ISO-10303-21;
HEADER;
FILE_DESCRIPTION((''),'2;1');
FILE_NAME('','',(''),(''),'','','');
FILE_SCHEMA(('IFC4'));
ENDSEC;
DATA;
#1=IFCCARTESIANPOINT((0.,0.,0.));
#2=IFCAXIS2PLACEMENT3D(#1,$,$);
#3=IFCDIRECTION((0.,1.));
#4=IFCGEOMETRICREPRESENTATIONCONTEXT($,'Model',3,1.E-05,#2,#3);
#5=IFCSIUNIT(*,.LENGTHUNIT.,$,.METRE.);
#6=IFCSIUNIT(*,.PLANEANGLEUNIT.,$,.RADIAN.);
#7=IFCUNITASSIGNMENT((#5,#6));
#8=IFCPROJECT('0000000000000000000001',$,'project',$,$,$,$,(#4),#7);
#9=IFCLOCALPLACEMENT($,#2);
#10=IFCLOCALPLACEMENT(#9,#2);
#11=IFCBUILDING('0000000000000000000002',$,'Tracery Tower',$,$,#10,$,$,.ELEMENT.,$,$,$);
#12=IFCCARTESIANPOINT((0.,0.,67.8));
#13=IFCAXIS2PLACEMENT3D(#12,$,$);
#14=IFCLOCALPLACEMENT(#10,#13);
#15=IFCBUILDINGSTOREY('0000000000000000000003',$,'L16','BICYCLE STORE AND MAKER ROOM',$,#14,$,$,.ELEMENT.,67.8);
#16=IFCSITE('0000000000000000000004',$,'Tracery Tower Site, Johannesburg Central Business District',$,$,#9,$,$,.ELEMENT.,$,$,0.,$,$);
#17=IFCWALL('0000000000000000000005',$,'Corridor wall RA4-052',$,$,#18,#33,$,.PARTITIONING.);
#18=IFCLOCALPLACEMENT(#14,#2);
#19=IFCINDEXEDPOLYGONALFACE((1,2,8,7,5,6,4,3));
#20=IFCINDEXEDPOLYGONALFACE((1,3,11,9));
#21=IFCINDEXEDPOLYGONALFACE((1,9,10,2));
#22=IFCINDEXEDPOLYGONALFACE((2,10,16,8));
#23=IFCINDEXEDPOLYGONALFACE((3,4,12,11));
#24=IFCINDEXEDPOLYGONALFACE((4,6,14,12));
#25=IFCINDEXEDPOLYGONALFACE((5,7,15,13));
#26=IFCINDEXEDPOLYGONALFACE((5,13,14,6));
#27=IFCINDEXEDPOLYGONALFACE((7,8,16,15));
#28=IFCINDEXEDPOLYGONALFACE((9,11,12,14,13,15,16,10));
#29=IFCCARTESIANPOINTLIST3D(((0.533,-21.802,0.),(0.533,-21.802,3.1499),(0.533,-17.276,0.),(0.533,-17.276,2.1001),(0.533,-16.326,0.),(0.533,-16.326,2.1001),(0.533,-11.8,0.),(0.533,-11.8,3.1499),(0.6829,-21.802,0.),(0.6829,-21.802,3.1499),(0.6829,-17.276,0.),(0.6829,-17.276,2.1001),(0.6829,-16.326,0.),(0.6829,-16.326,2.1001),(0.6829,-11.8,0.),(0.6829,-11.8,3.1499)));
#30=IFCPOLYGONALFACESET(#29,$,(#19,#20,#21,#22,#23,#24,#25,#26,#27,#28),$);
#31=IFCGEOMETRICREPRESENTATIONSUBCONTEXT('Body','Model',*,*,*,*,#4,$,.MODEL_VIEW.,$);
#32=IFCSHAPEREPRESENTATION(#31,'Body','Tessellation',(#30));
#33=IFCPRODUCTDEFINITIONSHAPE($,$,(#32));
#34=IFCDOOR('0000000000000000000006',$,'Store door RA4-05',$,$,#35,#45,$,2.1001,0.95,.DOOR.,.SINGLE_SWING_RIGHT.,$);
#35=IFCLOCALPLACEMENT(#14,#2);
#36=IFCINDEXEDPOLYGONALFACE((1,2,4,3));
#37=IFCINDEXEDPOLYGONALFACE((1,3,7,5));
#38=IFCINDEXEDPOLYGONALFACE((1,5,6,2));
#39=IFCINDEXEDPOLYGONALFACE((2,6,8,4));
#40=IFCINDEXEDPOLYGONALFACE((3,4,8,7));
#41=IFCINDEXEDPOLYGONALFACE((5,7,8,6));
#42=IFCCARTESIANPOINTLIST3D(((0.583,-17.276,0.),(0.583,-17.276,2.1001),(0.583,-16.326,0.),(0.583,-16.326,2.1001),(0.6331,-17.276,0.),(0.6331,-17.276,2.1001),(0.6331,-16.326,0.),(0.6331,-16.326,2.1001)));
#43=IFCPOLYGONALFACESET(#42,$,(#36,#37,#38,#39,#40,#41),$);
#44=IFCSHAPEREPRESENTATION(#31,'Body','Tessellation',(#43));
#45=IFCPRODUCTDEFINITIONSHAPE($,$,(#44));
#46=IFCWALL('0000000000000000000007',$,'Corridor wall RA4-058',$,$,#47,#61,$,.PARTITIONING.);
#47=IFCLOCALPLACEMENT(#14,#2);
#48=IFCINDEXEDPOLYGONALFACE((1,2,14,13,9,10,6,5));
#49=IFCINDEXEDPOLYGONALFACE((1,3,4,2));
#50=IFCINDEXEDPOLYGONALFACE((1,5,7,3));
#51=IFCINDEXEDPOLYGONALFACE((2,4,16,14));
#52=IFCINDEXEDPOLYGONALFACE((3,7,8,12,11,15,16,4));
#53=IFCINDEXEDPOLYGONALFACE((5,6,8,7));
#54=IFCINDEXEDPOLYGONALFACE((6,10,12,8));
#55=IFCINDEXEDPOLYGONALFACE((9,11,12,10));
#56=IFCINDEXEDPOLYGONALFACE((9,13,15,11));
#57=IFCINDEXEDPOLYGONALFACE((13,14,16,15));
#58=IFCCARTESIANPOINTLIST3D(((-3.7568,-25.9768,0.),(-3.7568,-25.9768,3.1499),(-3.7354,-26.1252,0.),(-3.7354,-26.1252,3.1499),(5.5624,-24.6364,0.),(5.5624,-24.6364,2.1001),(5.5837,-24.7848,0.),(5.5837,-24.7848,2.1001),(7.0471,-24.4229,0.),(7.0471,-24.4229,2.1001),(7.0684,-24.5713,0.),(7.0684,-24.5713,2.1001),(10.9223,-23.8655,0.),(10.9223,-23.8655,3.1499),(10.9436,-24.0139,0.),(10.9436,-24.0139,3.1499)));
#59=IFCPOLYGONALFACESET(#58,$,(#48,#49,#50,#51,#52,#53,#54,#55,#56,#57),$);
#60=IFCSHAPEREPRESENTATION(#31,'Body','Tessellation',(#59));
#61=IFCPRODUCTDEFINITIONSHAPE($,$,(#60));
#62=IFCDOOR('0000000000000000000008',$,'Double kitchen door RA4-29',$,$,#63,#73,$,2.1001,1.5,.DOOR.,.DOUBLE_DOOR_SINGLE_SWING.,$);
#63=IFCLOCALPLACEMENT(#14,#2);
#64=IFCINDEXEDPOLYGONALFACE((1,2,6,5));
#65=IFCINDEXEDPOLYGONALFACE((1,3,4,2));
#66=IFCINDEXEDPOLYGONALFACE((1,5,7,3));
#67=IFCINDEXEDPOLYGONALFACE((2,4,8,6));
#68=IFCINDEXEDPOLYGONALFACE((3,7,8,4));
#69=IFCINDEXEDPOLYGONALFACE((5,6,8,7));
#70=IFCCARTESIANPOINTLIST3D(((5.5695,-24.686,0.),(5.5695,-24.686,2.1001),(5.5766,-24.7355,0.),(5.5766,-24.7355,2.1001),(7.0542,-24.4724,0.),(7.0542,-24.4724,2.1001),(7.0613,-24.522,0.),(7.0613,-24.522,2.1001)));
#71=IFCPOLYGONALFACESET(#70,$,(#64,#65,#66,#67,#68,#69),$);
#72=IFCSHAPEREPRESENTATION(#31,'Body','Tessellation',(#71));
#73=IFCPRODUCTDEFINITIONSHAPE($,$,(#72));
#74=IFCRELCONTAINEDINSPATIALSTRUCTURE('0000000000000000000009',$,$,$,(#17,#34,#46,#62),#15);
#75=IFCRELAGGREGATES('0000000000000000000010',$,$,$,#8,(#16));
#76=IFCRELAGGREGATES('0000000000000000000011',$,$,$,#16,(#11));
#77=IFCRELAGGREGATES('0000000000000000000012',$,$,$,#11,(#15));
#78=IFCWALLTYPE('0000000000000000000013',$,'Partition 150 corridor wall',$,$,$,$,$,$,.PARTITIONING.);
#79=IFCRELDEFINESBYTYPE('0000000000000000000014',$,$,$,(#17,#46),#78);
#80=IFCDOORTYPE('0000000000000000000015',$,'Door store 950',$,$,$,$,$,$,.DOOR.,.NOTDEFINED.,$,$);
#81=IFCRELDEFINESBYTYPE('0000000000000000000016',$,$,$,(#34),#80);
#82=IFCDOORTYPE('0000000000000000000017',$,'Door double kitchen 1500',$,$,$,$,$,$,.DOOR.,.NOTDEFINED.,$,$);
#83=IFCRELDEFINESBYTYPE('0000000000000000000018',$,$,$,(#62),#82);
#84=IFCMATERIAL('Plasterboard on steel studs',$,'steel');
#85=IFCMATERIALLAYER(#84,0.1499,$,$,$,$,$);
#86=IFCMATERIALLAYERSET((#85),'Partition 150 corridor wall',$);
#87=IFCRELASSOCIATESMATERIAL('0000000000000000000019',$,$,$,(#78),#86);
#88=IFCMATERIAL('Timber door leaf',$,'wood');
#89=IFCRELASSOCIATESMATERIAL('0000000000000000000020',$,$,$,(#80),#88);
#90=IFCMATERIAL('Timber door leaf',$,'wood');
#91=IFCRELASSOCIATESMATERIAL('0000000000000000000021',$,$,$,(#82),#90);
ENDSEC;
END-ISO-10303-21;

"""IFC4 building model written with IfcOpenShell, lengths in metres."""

from ifc_helpers import new_model, si_unit, direction, frame, frame_2d, origin, place, context, subcontext, project, spatial, rectangle, extrude, material, layer, layer_set, type_object, element, fill, save


model = new_model("IFC4")

# Units and contexts
model_context = context("Model", 3, precision=1e-05, world=origin(), true_north=direction((0.0, 1.0)))
body_context = subcontext(model_context, "Body", "Model", "MODEL_VIEW")
ifc_project = project(units=[si_unit("LENGTHUNIT", "METRE"), si_unit("PLANEANGLEUNIT", "RADIAN")], contexts=[model_context])

# Site, building, storey
site_placement = place(None, origin())
site = spatial("IfcSite", under=ifc_project, at=site_placement, Name="Tracery Tower Site, Johannesburg Central Business District", CompositionType="ELEMENT", RefElevation=0.0)
building_placement = place(site_placement, origin())
building = spatial("IfcBuilding", under=site, at=building_placement, Name="Tracery Tower", CompositionType="ELEMENT")
storey_placement = place(building_placement, frame((0.0, 0.0, 67.8)))
storey = spatial("IfcBuildingStorey", under=building, at=storey_placement, Name="L16", Description="BICYCLE STORE AND MAKER ROOM", CompositionType="ELEMENT", Elevation=67.8)

# Shared definitions
ifc_material_1 = material(Name="Plasterboard on steel studs", Category="steel")
ifc_layer_1 = layer(ifc_material_1, 0.1499)
ifc_layer_set_1 = layer_set([ifc_layer_1], Name="Partition 150 corridor wall")
wall_type_1 = type_object("IfcWallType", Name="Partition 150 corridor wall", PredefinedType="PARTITIONING", material=ifc_layer_set_1)

# Walls, openings, doors
wall_1_placement = place(storey_placement, frame((0.6079, -21.802, 0.0), z_axis=(0.0, 0.0, 1.0), x_axis=(0.0, 1.0, 0.0)))
wall_1 = element("IfcWall", 1, at=wall_1_placement, inside=storey, type_object=wall_type_1, Name="Corridor wall RA4-052", PredefinedType="PARTITIONING", context=body_context, shape_type="SweptSolid", body=[
    extrude(rectangle(XDim=10.002, YDim=0.1499, at=frame_2d((5.001, 0.0))), origin(), (0.0, 0.0, 1.0), 3.1499),
])
opening_1_placement = place(wall_1_placement, frame((4.5259, 0.0, 0.0)))
opening_1 = element("IfcOpeningElement", 2, at=opening_1_placement, cuts=wall_1, PredefinedType="OPENING", context=body_context, shape_type="SweptSolid", body=[
    extrude(rectangle(XDim=0.95, YDim=2.1001, at=frame_2d((0.4751, 1.05))), frame((0.0, 0.075, 0.0), z_axis=(0.0, -1.0, 0.0), x_axis=(1.0, 0.0, 0.0)), (0.0, 0.0, 1.0), 0.1499),
])
ifc_material_2 = material(Name="Timber door leaf", Category="wood")
door_type_1 = type_object("IfcDoorType", Name="Door store 950", OperationType="NOTDEFINED", PredefinedType="DOOR", material=ifc_material_2)
door_1_placement = place(opening_1_placement, origin())
door_1 = element("IfcDoor", 3, at=door_1_placement, inside=storey, type_object=door_type_1, Name="Store door RA4-05", OperationType="SINGLE_SWING_RIGHT", OverallHeight=2.1001, OverallWidth=0.95, PredefinedType="DOOR", context=body_context, shape_type="SweptSolid", body=[
    extrude(rectangle(XDim=0.95, YDim=2.1001, at=frame_2d((0.4751, 1.05))), frame((0.0, 0.0249, 0.0), z_axis=(0.0, -1.0, 0.0), x_axis=(1.0, 0.0, 0.0)), (0.0, 0.0, 1.0), 0.05),
])
fill(opening_1, door_1)
wall_2_placement = place(storey_placement, frame((-3.7461, -26.051, 0.0), z_axis=(0.0, 0.0, 1.0), x_axis=(0.989814, 0.142369, 0.0)))
wall_2 = element("IfcWall", 4, at=wall_2_placement, inside=storey, type_object=wall_type_1, Name="Corridor wall RA4-058", PredefinedType="PARTITIONING", context=body_context, shape_type="SweptSolid", body=[
    extrude(rectangle(XDim=14.8301, YDim=0.1499, at=frame_2d((7.415, 0.0))), origin(), (0.0, 0.0, 1.0), 3.1499),
])
opening_2_placement = place(wall_2_placement, frame((9.415, 0.0, 0.0)))
opening_2 = element("IfcOpeningElement", 5, at=opening_2_placement, cuts=wall_2, PredefinedType="OPENING", context=body_context, shape_type="SweptSolid", body=[
    extrude(rectangle(XDim=1.5, YDim=2.1001, at=frame_2d((0.75, 1.05))), frame((0.0, 0.075, 0.0), z_axis=(0.0, -1.0, 0.0), x_axis=(1.0, 0.0, 0.0)), (0.0, 0.0, 1.0), 0.1499),
])
ifc_material_3 = material(Name="Timber door leaf", Category="wood")
door_type_2 = type_object("IfcDoorType", Name="Door double kitchen 1500", OperationType="NOTDEFINED", PredefinedType="DOOR", material=ifc_material_3)
door_2_placement = place(opening_2_placement, origin())
door_2 = element("IfcDoor", 6, at=door_2_placement, inside=storey, type_object=door_type_2, Name="Double kitchen door RA4-29", OperationType="DOUBLE_DOOR_SINGLE_SWING", OverallHeight=2.1001, OverallWidth=1.5, PredefinedType="DOOR", context=body_context, shape_type="SweptSolid", body=[
    extrude(rectangle(XDim=1.5, YDim=2.1001, at=frame_2d((0.75, 1.05))), frame((0.0, 0.0249, 0.0), z_axis=(0.0, -1.0, 0.0), x_axis=(1.0, 0.0, 0.0)), (0.0, 0.0, 1.0), 0.05),
])
fill(opening_2, door_2)

save(model, "model.ifc")
